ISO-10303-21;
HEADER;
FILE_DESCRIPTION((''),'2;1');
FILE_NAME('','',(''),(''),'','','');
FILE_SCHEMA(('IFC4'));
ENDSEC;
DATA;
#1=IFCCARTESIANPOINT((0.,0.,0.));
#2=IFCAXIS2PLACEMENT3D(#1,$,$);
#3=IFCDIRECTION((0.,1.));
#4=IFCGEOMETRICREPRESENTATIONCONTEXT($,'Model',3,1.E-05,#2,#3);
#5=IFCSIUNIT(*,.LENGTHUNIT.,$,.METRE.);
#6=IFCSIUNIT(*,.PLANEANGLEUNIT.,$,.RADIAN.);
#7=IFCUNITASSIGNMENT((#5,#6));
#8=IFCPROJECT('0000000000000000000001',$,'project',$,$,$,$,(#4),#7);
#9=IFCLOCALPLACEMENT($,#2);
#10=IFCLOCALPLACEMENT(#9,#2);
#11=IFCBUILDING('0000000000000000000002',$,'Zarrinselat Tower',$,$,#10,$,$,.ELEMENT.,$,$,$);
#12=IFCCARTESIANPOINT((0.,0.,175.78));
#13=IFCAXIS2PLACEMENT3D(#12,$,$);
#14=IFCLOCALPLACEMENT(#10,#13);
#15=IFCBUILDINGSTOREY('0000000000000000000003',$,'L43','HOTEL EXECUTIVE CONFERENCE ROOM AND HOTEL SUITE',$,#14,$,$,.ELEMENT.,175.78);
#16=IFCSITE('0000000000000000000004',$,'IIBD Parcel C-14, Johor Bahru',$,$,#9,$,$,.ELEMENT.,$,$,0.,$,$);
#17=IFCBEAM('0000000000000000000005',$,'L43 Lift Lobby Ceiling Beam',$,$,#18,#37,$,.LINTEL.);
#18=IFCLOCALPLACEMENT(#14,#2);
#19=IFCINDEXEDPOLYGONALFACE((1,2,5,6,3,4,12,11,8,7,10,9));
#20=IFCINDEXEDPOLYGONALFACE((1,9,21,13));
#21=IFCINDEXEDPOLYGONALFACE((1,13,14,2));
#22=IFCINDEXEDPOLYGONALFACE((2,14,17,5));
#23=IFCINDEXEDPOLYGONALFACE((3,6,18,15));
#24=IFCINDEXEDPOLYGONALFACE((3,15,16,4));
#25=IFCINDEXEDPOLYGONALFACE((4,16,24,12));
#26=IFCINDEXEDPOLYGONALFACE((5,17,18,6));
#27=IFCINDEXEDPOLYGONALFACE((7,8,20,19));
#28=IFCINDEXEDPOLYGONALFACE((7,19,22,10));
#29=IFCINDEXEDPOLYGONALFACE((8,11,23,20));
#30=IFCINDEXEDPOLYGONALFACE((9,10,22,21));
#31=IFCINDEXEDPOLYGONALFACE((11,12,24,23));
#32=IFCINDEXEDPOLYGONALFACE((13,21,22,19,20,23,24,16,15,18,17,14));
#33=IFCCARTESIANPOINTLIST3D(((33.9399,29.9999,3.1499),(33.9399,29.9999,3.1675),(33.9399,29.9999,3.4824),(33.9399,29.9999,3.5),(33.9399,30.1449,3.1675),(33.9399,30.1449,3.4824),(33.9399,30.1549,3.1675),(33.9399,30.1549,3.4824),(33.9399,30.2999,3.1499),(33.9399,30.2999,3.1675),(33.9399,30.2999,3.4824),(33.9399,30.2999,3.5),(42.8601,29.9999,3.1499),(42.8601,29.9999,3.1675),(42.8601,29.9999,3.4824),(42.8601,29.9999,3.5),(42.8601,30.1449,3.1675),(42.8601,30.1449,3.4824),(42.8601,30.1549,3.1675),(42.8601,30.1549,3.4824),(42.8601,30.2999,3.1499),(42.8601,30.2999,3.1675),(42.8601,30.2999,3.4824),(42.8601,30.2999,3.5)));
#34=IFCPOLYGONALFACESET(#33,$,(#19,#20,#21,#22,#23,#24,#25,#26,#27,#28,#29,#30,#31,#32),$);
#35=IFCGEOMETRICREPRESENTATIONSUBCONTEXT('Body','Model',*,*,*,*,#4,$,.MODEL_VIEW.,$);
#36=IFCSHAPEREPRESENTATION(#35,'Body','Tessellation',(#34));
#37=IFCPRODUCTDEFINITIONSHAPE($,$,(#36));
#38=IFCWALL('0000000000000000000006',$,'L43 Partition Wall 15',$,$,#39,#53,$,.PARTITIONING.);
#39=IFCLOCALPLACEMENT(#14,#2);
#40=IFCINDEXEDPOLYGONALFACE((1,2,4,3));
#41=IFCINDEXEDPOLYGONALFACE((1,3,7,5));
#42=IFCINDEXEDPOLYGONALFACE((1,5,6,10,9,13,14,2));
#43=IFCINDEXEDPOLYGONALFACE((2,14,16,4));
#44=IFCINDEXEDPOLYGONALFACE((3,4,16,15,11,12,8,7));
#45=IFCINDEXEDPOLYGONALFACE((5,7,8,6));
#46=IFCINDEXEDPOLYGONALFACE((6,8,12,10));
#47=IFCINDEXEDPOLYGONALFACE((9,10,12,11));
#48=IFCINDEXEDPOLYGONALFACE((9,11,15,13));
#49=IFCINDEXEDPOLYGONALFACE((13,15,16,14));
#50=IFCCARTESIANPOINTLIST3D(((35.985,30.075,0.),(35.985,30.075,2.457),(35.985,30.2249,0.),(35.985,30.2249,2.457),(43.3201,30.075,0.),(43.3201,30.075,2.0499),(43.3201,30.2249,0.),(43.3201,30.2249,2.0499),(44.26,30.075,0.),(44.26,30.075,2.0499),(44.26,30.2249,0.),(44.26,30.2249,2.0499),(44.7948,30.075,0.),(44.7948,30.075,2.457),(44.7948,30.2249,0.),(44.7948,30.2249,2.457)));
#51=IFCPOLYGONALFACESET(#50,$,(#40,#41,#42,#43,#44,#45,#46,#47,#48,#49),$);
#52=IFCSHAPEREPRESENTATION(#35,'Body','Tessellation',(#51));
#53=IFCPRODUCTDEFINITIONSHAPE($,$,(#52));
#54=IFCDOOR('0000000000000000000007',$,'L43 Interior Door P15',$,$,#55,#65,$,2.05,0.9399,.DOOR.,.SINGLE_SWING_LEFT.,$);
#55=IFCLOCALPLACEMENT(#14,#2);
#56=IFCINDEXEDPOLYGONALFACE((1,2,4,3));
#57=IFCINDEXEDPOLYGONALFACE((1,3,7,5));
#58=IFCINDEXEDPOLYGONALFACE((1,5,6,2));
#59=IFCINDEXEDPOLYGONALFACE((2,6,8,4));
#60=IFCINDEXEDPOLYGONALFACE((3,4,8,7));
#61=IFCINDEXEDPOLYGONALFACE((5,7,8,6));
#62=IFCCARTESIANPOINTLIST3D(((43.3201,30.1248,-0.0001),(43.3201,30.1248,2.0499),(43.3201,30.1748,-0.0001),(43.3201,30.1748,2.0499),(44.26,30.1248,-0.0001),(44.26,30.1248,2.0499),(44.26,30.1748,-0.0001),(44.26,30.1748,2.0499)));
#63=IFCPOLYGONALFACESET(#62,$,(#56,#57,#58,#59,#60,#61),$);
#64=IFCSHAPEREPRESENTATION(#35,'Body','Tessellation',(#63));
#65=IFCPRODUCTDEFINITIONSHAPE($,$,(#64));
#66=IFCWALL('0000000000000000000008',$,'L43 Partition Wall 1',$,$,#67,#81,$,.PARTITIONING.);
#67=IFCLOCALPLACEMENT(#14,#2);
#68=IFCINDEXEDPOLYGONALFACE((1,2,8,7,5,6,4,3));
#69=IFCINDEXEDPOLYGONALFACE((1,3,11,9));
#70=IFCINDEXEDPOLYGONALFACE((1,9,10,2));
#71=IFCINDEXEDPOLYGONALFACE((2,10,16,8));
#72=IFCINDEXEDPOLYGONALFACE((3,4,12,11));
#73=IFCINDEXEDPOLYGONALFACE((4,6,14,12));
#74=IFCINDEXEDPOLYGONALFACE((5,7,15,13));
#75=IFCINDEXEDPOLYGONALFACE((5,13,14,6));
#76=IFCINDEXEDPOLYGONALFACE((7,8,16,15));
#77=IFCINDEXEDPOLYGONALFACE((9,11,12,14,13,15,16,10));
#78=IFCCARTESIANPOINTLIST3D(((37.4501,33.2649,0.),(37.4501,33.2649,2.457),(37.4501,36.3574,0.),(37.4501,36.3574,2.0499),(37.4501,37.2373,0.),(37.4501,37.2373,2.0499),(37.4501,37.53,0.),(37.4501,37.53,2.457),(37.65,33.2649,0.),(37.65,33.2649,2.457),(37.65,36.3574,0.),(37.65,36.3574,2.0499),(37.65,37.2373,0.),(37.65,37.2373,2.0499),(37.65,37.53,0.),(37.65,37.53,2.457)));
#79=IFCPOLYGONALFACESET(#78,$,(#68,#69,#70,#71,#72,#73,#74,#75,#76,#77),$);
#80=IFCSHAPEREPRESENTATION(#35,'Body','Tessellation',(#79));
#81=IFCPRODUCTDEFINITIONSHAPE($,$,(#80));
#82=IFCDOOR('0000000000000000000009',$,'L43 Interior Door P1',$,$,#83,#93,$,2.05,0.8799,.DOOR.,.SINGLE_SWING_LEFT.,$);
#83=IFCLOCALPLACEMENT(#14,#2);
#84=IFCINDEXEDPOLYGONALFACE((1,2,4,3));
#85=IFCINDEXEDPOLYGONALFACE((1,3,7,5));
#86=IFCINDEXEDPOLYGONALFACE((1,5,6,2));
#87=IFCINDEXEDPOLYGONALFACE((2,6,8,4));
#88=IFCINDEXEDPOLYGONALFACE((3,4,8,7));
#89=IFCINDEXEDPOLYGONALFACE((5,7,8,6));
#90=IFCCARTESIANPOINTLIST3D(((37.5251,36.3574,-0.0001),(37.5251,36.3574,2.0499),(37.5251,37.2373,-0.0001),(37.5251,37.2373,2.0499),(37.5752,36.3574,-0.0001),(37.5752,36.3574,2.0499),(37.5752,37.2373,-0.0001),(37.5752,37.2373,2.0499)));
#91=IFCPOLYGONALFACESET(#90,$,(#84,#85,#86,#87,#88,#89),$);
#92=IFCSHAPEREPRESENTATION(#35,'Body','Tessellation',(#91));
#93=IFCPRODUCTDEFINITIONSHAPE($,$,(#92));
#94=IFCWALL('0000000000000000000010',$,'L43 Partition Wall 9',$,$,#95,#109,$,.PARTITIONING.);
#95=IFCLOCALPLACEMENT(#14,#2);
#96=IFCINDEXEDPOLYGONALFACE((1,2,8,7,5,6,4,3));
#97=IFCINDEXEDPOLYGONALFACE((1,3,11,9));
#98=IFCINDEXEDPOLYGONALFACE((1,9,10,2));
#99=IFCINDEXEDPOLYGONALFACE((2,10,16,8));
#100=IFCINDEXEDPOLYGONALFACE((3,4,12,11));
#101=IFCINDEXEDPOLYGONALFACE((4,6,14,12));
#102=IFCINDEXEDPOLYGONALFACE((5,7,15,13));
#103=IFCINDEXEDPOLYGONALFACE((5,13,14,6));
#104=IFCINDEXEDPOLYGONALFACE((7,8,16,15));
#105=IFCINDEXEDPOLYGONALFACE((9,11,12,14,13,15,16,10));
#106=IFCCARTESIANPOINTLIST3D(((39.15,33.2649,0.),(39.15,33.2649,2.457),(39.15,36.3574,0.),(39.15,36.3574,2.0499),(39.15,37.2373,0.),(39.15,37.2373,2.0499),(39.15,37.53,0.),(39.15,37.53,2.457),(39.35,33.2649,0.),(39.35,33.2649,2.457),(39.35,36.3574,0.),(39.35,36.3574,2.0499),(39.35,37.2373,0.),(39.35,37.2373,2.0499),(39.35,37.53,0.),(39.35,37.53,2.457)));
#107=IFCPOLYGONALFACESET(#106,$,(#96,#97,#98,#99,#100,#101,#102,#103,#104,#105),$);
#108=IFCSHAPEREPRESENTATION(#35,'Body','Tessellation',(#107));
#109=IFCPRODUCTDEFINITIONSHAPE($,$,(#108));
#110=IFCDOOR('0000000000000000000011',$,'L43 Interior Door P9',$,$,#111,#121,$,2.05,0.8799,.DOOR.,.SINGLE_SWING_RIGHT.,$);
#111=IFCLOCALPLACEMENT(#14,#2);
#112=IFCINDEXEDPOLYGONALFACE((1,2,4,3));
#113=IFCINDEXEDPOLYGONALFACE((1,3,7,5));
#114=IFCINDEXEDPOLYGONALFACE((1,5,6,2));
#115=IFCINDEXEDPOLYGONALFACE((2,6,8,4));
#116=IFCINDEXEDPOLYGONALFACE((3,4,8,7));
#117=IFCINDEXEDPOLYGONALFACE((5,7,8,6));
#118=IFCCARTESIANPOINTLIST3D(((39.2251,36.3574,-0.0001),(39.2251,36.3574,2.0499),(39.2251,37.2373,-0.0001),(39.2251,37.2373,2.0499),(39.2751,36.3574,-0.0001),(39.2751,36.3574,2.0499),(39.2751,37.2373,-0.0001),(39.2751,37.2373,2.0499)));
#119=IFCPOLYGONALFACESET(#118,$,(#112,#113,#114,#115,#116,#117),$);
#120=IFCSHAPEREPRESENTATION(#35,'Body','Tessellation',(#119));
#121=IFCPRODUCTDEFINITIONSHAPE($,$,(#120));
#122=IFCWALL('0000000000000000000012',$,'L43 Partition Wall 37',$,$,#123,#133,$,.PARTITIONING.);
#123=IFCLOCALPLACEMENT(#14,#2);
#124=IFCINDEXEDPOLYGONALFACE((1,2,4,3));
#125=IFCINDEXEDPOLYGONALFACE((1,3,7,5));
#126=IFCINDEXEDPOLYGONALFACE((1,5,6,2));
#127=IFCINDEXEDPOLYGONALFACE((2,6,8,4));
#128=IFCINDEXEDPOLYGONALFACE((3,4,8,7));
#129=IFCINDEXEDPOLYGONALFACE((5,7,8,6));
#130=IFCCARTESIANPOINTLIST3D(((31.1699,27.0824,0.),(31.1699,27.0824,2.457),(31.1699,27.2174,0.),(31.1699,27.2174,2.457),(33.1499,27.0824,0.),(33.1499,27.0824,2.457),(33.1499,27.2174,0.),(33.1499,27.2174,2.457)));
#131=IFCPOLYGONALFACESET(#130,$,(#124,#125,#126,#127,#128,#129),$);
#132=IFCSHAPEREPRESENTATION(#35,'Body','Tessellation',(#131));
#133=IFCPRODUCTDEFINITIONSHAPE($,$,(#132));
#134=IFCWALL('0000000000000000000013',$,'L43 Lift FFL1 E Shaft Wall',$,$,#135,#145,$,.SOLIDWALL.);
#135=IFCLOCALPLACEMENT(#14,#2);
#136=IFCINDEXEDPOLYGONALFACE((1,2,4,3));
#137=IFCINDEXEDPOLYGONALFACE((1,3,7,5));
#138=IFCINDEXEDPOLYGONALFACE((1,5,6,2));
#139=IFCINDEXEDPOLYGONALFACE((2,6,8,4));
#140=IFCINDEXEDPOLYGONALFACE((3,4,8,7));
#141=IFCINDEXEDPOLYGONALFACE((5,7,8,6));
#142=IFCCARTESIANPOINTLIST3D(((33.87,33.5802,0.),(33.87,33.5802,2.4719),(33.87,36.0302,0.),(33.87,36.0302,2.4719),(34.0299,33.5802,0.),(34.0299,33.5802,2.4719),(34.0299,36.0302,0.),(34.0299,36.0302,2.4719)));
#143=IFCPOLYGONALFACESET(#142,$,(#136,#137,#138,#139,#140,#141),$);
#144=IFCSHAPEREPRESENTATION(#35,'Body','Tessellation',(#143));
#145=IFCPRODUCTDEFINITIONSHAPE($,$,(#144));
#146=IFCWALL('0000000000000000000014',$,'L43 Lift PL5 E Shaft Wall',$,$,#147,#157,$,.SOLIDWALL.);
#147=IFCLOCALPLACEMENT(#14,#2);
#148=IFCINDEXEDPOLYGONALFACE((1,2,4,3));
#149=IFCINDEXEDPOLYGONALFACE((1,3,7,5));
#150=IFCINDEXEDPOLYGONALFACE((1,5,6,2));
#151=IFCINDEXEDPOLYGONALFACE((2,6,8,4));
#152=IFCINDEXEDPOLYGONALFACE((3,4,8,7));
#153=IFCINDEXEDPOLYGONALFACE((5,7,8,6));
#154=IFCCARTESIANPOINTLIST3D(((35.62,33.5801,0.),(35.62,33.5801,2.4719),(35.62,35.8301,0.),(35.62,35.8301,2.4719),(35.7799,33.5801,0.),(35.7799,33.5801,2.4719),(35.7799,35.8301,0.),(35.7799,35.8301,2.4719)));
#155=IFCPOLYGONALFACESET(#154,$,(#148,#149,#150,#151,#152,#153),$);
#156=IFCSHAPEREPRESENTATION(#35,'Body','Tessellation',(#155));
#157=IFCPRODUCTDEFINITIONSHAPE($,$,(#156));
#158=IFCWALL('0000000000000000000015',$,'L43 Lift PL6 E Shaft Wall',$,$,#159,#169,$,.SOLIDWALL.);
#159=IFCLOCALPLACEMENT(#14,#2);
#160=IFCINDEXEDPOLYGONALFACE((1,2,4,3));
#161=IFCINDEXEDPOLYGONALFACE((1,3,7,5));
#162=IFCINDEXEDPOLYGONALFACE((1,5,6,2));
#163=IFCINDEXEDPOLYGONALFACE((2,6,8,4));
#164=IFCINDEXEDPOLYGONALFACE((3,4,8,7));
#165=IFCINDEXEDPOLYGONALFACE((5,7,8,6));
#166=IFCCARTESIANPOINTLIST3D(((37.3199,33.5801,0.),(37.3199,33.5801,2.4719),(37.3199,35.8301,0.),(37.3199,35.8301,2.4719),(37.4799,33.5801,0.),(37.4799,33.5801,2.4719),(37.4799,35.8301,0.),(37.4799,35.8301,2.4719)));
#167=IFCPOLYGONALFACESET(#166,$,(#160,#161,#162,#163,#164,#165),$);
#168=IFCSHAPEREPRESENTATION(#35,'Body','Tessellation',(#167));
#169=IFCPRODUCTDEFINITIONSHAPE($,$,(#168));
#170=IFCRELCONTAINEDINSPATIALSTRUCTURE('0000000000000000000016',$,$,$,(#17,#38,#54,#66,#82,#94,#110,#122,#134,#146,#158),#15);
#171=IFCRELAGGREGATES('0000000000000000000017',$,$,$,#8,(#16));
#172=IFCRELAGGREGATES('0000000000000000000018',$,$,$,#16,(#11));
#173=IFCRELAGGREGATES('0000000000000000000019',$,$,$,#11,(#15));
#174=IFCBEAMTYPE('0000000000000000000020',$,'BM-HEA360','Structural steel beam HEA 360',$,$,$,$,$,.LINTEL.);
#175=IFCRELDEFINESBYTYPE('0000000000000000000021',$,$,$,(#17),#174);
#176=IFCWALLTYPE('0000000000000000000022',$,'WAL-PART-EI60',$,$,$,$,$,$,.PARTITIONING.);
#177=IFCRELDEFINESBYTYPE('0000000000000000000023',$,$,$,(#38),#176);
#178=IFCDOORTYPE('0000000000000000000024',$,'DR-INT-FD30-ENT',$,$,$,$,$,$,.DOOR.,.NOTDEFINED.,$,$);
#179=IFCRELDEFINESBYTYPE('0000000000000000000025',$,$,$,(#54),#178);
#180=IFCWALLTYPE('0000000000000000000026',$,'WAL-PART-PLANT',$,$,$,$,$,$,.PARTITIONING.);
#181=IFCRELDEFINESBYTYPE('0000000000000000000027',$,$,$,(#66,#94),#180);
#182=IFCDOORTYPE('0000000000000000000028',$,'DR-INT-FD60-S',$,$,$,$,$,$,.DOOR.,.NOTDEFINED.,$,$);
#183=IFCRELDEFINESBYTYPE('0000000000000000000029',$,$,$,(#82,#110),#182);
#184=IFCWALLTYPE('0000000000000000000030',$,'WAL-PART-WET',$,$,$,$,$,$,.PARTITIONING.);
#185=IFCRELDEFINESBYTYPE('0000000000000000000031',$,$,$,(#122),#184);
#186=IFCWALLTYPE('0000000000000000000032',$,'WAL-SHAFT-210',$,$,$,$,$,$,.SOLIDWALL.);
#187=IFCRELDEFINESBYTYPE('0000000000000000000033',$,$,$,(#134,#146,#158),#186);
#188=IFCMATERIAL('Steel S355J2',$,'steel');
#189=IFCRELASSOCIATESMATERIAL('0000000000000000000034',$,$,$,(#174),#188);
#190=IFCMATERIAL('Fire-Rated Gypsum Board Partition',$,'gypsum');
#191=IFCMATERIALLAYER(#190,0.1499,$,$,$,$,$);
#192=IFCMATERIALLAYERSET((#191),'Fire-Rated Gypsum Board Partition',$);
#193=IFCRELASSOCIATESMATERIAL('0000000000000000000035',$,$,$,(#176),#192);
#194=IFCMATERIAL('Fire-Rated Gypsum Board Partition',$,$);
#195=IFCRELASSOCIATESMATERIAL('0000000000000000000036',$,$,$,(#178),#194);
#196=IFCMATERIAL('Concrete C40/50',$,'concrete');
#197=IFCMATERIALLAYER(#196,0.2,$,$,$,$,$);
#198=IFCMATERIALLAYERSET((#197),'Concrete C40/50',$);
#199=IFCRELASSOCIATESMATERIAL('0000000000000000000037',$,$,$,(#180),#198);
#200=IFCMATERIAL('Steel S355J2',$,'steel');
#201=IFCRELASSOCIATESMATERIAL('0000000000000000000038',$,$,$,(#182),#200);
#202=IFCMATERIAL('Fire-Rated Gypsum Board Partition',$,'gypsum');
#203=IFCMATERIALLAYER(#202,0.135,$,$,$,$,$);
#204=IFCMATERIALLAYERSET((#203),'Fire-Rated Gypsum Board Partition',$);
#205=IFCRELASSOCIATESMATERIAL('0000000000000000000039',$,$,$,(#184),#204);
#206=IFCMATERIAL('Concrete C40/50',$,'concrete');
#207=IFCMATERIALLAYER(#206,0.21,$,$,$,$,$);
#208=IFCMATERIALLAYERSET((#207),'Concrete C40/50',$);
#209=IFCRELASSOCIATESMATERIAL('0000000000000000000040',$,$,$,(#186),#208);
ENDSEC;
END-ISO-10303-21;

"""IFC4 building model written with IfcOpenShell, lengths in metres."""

from ifc_helpers import new_model, si_unit, direction, frame, frame_2d, origin, origin_2d, place, context, subcontext, project, spatial, rectangle, i_section, extrude, material, layer, layer_set, material_profile, profile_set, type_object, element, fill, save


model = new_model("IFC4")

# Units and contexts
model_context = context("Model", 3, precision=1e-05, world=origin(), true_north=direction((0.0, 1.0)))
body_context = subcontext(model_context, "Body", "Model", "MODEL_VIEW")
ifc_project = project(units=[si_unit("LENGTHUNIT", "METRE"), si_unit("PLANEANGLEUNIT", "RADIAN")], contexts=[model_context])

# Site, building, storey
site_placement = place(None, origin())
site = spatial("IfcSite", under=ifc_project, at=site_placement, Name="IIBD Parcel C-14, Johor Bahru", CompositionType="ELEMENT", RefElevation=0.0)
building_placement = place(site_placement, origin())
building = spatial("IfcBuilding", under=site, at=building_placement, Name="Zarrinselat Tower", CompositionType="ELEMENT")
storey_placement = place(building_placement, frame((0.0, 0.0, 175.78)))
storey = spatial("IfcBuildingStorey", under=building, at=storey_placement, Name="L43", Description="HOTEL EXECUTIVE CONFERENCE ROOM AND HOTEL SUITE", CompositionType="ELEMENT", Elevation=175.78)

# Beam
ifc_material_1 = material(Name="Steel S355J2", Category="steel")
ifc_material_profile = material_profile(ifc_material_1, i_section(OverallWidth=0.3, OverallDepth=0.3501, WebThickness=0.01, FlangeThickness=0.0176, at=origin_2d()), Name="HEA 360")
ifc_profile_set = profile_set([ifc_material_profile], Name="Steel S355J2")
beam_type = type_object("IfcBeamType", Name="BM-HEA360", Description="Structural steel beam HEA 360", PredefinedType="LINTEL", material=ifc_profile_set)
beam_placement = place(storey_placement, frame((33.9399, 30.1499, 3.325), z_axis=(1.0, 0.0, 0.0), x_axis=(0.0, 1.0, 0.0)))
element("IfcBeam", 1, at=beam_placement, inside=storey, type_object=beam_type, Name="L43 Lift Lobby Ceiling Beam", PredefinedType="LINTEL", context=body_context, shape_type="SweptSolid", body=[
    extrude(i_section(OverallWidth=0.3, OverallDepth=0.3501, WebThickness=0.01, FlangeThickness=0.0176, at=origin_2d()), origin(), (0.0, 0.0, 1.0), 8.9202),
])

# Walls, openings, doors
ifc_material_2 = material(Name="Fire-Rated Gypsum Board Partition", Category="gypsum")
ifc_layer_1 = layer(ifc_material_2, 0.1499)
ifc_layer_set_1 = layer_set([ifc_layer_1], Name="Fire-Rated Gypsum Board Partition")
wall_type_1 = type_object("IfcWallType", Name="WAL-PART-EI60", PredefinedType="PARTITIONING", material=ifc_layer_set_1)
wall_1_placement = place(storey_placement, frame((35.9851, 30.1499, 0.0), z_axis=(0.0, 0.0, 1.0), x_axis=(1.0, 0.0, 0.0)))
wall_1 = element("IfcWall", 2, at=wall_1_placement, inside=storey, type_object=wall_type_1, Name="L43 Partition Wall 15", PredefinedType="PARTITIONING", context=body_context, shape_type="SweptSolid", body=[
    extrude(rectangle(XDim=8.8098, YDim=0.1499, at=frame_2d((4.4048, 0.0))), origin(), (0.0, 0.0, 1.0), 2.457),
])
opening_1_placement = place(wall_1_placement, frame((7.335, 0.0, 0.0)))
opening_1 = element("IfcOpeningElement", 3, at=opening_1_placement, cuts=wall_1, PredefinedType="OPENING", context=body_context, shape_type="SweptSolid", body=[
    extrude(rectangle(XDim=0.9399, YDim=2.05, at=frame_2d((0.47, 1.0249))), frame((0.0, 0.085, 0.0), z_axis=(0.0, -1.0, 0.0), x_axis=(1.0, 0.0, 0.0)), (0.0, 0.0, 1.0), 0.1699),
])
ifc_material_3 = material(Name="Fire-Rated Gypsum Board Partition")
door_type_1 = type_object("IfcDoorType", Name="DR-INT-FD30-ENT", OperationType="NOTDEFINED", PredefinedType="DOOR", material=ifc_material_3)
door_1_placement = place(opening_1_placement, origin())
door_1 = element("IfcDoor", 4, at=door_1_placement, inside=storey, type_object=door_type_1, Name="L43 Interior Door P15", OperationType="SINGLE_SWING_LEFT", OverallHeight=2.05, OverallWidth=0.9399, PredefinedType="DOOR", context=body_context, shape_type="SweptSolid", body=[
    extrude(rectangle(XDim=0.9399, YDim=2.05, at=frame_2d((0.47, 1.0249))), frame((0.0, 0.0249, 0.0), z_axis=(0.0, -1.0, 0.0), x_axis=(1.0, 0.0, 0.0)), (0.0, 0.0, 1.0), 0.05),
])
fill(opening_1, door_1)
ifc_material_4 = material(Name="Concrete C40/50", Category="concrete")
ifc_layer_2 = layer(ifc_material_4, 0.2)
ifc_layer_set_2 = layer_set([ifc_layer_2], Name="Concrete C40/50")
wall_type_2 = type_object("IfcWallType", Name="WAL-PART-PLANT", PredefinedType="PARTITIONING", material=ifc_layer_set_2)
wall_2_placement = place(storey_placement, frame((37.55, 33.2649, 0.0), z_axis=(0.0, 0.0, 1.0), x_axis=(0.0, 1.0, 0.0)))
wall_2 = element("IfcWall", 5, at=wall_2_placement, inside=storey, type_object=wall_type_2, Name="L43 Partition Wall 1", PredefinedType="PARTITIONING", context=body_context, shape_type="SweptSolid", body=[
    extrude(rectangle(XDim=4.2651, YDim=0.2, at=frame_2d((2.1326, 0.0))), origin(), (0.0, 0.0, 1.0), 2.457),
])
opening_2_placement = place(wall_2_placement, frame((3.0925, 0.0, 0.0)))
opening_2 = element("IfcOpeningElement", 6, at=opening_2_placement, cuts=wall_2, PredefinedType="OPENING", context=body_context, shape_type="SweptSolid", body=[
    extrude(rectangle(XDim=0.8799, YDim=2.05, at=frame_2d((0.4399, 1.0249))), frame((0.0, 0.1099, 0.0), z_axis=(0.0, -1.0, 0.0), x_axis=(1.0, 0.0, 0.0)), (0.0, 0.0, 1.0), 0.22),
])
ifc_material_5 = material(Name="Steel S355J2", Category="steel")
door_type_2 = type_object("IfcDoorType", Name="DR-INT-FD60-S", OperationType="NOTDEFINED", PredefinedType="DOOR", material=ifc_material_5)
door_2_placement = place(opening_2_placement, origin())
door_2 = element("IfcDoor", 7, at=door_2_placement, inside=storey, type_object=door_type_2, Name="L43 Interior Door P1", OperationType="SINGLE_SWING_LEFT", OverallHeight=2.05, OverallWidth=0.8799, PredefinedType="DOOR", context=body_context, shape_type="SweptSolid", body=[
    extrude(rectangle(XDim=0.8799, YDim=2.05, at=frame_2d((0.4399, 1.0249))), frame((0.0, 0.0249, 0.0), z_axis=(0.0, -1.0, 0.0), x_axis=(1.0, 0.0, 0.0)), (0.0, 0.0, 1.0), 0.05),
])
fill(opening_2, door_2)
wall_3_placement = place(storey_placement, frame((39.25, 33.2649, 0.0), z_axis=(0.0, 0.0, 1.0), x_axis=(0.0, 1.0, 0.0)))
wall_3 = element("IfcWall", 8, at=wall_3_placement, inside=storey, type_object=wall_type_2, Name="L43 Partition Wall 9", PredefinedType="PARTITIONING", context=body_context, shape_type="SweptSolid", body=[
    extrude(rectangle(XDim=4.2651, YDim=0.2, at=frame_2d((2.1326, 0.0))), origin(), (0.0, 0.0, 1.0), 2.457),
])
opening_3_placement = place(wall_3_placement, frame((3.0925, 0.0, 0.0)))
opening_3 = element("IfcOpeningElement", 9, at=opening_3_placement, cuts=wall_3, PredefinedType="OPENING", context=body_context, shape_type="SweptSolid", body=[
    extrude(rectangle(XDim=0.8799, YDim=2.05, at=frame_2d((0.4399, 1.0249))), frame((0.0, 0.1099, 0.0), z_axis=(0.0, -1.0, 0.0), x_axis=(1.0, 0.0, 0.0)), (0.0, 0.0, 1.0), 0.22),
])
door_3_placement = place(opening_3_placement, origin())
door_3 = element("IfcDoor", 10, at=door_3_placement, inside=storey, type_object=door_type_2, Name="L43 Interior Door P9", OperationType="SINGLE_SWING_RIGHT", OverallHeight=2.05, OverallWidth=0.8799, PredefinedType="DOOR", context=body_context, shape_type="SweptSolid", body=[
    extrude(rectangle(XDim=0.8799, YDim=2.05, at=frame_2d((0.4399, 1.0249))), frame((0.0, 0.0249, 0.0), z_axis=(0.0, -1.0, 0.0), x_axis=(1.0, 0.0, 0.0)), (0.0, 0.0, 1.0), 0.05),
])
fill(opening_3, door_3)

# Walls
ifc_material_6 = material(Name="Fire-Rated Gypsum Board Partition", Category="gypsum")
ifc_layer_3 = layer(ifc_material_6, 0.135)
ifc_layer_set_3 = layer_set([ifc_layer_3], Name="Fire-Rated Gypsum Board Partition")
wall_type_3 = type_object("IfcWallType", Name="WAL-PART-WET", PredefinedType="PARTITIONING", material=ifc_layer_set_3)
wall_4_placement = place(storey_placement, frame((31.1699, 27.1499, 0.0), z_axis=(0.0, 0.0, 1.0), x_axis=(1.0, 0.0, 0.0)))
element("IfcWall", 11, at=wall_4_placement, inside=storey, type_object=wall_type_3, Name="L43 Partition Wall 37", PredefinedType="PARTITIONING", context=body_context, shape_type="SweptSolid", body=[
    extrude(rectangle(XDim=1.98, YDim=0.135, at=frame_2d((0.99, 0.0))), origin(), (0.0, 0.0, 1.0), 2.457),
])
ifc_material_7 = material(Name="Concrete C40/50", Category="concrete")
ifc_layer_4 = layer(ifc_material_7, 0.21)
ifc_layer_set_4 = layer_set([ifc_layer_4], Name="Concrete C40/50")
wall_type_4 = type_object("IfcWallType", Name="WAL-SHAFT-210", PredefinedType="SOLIDWALL", material=ifc_layer_set_4)
wall_5_placement = place(storey_placement, frame((33.95, 33.5801, 0.0), z_axis=(0.0, 0.0, 1.0), x_axis=(0.0, 1.0, 0.0)))
element("IfcWall", 12, at=wall_5_placement, inside=storey, type_object=wall_type_4, Name="L43 Lift FFL1 E Shaft Wall", PredefinedType="SOLIDWALL", context=body_context, shape_type="SweptSolid", body=[
    extrude(rectangle(XDim=2.45, YDim=0.1599, at=frame_2d((1.2251, 0.0))), origin(), (0.0, 0.0, 1.0), 2.4719),
])
for number, where, z_axis, x_axis, name in (
    (13, (35.7, 33.5801, 0.0), (0.0, 0.0, 1.0), (0.0, 1.0, 0.0), "L43 Lift PL5 E Shaft Wall"),
    (14, (37.3999, 33.5801, 0.0), (0.0, 0.0, 1.0), (0.0, 1.0, 0.0), "L43 Lift PL6 E Shaft Wall"),
):
    element("IfcWall", number, at=place(storey_placement, frame(where, z_axis=z_axis, x_axis=x_axis)), inside=storey, type_object=wall_type_4, Name=name, PredefinedType="SOLIDWALL", context=body_context, shape_type="SweptSolid", body=[
        extrude(rectangle(XDim=2.25, YDim=0.1599, at=frame_2d((1.125, 0.0))), origin(), (0.0, 0.0, 1.0), 2.4719),
    ])

save(model, "model.ifc")
